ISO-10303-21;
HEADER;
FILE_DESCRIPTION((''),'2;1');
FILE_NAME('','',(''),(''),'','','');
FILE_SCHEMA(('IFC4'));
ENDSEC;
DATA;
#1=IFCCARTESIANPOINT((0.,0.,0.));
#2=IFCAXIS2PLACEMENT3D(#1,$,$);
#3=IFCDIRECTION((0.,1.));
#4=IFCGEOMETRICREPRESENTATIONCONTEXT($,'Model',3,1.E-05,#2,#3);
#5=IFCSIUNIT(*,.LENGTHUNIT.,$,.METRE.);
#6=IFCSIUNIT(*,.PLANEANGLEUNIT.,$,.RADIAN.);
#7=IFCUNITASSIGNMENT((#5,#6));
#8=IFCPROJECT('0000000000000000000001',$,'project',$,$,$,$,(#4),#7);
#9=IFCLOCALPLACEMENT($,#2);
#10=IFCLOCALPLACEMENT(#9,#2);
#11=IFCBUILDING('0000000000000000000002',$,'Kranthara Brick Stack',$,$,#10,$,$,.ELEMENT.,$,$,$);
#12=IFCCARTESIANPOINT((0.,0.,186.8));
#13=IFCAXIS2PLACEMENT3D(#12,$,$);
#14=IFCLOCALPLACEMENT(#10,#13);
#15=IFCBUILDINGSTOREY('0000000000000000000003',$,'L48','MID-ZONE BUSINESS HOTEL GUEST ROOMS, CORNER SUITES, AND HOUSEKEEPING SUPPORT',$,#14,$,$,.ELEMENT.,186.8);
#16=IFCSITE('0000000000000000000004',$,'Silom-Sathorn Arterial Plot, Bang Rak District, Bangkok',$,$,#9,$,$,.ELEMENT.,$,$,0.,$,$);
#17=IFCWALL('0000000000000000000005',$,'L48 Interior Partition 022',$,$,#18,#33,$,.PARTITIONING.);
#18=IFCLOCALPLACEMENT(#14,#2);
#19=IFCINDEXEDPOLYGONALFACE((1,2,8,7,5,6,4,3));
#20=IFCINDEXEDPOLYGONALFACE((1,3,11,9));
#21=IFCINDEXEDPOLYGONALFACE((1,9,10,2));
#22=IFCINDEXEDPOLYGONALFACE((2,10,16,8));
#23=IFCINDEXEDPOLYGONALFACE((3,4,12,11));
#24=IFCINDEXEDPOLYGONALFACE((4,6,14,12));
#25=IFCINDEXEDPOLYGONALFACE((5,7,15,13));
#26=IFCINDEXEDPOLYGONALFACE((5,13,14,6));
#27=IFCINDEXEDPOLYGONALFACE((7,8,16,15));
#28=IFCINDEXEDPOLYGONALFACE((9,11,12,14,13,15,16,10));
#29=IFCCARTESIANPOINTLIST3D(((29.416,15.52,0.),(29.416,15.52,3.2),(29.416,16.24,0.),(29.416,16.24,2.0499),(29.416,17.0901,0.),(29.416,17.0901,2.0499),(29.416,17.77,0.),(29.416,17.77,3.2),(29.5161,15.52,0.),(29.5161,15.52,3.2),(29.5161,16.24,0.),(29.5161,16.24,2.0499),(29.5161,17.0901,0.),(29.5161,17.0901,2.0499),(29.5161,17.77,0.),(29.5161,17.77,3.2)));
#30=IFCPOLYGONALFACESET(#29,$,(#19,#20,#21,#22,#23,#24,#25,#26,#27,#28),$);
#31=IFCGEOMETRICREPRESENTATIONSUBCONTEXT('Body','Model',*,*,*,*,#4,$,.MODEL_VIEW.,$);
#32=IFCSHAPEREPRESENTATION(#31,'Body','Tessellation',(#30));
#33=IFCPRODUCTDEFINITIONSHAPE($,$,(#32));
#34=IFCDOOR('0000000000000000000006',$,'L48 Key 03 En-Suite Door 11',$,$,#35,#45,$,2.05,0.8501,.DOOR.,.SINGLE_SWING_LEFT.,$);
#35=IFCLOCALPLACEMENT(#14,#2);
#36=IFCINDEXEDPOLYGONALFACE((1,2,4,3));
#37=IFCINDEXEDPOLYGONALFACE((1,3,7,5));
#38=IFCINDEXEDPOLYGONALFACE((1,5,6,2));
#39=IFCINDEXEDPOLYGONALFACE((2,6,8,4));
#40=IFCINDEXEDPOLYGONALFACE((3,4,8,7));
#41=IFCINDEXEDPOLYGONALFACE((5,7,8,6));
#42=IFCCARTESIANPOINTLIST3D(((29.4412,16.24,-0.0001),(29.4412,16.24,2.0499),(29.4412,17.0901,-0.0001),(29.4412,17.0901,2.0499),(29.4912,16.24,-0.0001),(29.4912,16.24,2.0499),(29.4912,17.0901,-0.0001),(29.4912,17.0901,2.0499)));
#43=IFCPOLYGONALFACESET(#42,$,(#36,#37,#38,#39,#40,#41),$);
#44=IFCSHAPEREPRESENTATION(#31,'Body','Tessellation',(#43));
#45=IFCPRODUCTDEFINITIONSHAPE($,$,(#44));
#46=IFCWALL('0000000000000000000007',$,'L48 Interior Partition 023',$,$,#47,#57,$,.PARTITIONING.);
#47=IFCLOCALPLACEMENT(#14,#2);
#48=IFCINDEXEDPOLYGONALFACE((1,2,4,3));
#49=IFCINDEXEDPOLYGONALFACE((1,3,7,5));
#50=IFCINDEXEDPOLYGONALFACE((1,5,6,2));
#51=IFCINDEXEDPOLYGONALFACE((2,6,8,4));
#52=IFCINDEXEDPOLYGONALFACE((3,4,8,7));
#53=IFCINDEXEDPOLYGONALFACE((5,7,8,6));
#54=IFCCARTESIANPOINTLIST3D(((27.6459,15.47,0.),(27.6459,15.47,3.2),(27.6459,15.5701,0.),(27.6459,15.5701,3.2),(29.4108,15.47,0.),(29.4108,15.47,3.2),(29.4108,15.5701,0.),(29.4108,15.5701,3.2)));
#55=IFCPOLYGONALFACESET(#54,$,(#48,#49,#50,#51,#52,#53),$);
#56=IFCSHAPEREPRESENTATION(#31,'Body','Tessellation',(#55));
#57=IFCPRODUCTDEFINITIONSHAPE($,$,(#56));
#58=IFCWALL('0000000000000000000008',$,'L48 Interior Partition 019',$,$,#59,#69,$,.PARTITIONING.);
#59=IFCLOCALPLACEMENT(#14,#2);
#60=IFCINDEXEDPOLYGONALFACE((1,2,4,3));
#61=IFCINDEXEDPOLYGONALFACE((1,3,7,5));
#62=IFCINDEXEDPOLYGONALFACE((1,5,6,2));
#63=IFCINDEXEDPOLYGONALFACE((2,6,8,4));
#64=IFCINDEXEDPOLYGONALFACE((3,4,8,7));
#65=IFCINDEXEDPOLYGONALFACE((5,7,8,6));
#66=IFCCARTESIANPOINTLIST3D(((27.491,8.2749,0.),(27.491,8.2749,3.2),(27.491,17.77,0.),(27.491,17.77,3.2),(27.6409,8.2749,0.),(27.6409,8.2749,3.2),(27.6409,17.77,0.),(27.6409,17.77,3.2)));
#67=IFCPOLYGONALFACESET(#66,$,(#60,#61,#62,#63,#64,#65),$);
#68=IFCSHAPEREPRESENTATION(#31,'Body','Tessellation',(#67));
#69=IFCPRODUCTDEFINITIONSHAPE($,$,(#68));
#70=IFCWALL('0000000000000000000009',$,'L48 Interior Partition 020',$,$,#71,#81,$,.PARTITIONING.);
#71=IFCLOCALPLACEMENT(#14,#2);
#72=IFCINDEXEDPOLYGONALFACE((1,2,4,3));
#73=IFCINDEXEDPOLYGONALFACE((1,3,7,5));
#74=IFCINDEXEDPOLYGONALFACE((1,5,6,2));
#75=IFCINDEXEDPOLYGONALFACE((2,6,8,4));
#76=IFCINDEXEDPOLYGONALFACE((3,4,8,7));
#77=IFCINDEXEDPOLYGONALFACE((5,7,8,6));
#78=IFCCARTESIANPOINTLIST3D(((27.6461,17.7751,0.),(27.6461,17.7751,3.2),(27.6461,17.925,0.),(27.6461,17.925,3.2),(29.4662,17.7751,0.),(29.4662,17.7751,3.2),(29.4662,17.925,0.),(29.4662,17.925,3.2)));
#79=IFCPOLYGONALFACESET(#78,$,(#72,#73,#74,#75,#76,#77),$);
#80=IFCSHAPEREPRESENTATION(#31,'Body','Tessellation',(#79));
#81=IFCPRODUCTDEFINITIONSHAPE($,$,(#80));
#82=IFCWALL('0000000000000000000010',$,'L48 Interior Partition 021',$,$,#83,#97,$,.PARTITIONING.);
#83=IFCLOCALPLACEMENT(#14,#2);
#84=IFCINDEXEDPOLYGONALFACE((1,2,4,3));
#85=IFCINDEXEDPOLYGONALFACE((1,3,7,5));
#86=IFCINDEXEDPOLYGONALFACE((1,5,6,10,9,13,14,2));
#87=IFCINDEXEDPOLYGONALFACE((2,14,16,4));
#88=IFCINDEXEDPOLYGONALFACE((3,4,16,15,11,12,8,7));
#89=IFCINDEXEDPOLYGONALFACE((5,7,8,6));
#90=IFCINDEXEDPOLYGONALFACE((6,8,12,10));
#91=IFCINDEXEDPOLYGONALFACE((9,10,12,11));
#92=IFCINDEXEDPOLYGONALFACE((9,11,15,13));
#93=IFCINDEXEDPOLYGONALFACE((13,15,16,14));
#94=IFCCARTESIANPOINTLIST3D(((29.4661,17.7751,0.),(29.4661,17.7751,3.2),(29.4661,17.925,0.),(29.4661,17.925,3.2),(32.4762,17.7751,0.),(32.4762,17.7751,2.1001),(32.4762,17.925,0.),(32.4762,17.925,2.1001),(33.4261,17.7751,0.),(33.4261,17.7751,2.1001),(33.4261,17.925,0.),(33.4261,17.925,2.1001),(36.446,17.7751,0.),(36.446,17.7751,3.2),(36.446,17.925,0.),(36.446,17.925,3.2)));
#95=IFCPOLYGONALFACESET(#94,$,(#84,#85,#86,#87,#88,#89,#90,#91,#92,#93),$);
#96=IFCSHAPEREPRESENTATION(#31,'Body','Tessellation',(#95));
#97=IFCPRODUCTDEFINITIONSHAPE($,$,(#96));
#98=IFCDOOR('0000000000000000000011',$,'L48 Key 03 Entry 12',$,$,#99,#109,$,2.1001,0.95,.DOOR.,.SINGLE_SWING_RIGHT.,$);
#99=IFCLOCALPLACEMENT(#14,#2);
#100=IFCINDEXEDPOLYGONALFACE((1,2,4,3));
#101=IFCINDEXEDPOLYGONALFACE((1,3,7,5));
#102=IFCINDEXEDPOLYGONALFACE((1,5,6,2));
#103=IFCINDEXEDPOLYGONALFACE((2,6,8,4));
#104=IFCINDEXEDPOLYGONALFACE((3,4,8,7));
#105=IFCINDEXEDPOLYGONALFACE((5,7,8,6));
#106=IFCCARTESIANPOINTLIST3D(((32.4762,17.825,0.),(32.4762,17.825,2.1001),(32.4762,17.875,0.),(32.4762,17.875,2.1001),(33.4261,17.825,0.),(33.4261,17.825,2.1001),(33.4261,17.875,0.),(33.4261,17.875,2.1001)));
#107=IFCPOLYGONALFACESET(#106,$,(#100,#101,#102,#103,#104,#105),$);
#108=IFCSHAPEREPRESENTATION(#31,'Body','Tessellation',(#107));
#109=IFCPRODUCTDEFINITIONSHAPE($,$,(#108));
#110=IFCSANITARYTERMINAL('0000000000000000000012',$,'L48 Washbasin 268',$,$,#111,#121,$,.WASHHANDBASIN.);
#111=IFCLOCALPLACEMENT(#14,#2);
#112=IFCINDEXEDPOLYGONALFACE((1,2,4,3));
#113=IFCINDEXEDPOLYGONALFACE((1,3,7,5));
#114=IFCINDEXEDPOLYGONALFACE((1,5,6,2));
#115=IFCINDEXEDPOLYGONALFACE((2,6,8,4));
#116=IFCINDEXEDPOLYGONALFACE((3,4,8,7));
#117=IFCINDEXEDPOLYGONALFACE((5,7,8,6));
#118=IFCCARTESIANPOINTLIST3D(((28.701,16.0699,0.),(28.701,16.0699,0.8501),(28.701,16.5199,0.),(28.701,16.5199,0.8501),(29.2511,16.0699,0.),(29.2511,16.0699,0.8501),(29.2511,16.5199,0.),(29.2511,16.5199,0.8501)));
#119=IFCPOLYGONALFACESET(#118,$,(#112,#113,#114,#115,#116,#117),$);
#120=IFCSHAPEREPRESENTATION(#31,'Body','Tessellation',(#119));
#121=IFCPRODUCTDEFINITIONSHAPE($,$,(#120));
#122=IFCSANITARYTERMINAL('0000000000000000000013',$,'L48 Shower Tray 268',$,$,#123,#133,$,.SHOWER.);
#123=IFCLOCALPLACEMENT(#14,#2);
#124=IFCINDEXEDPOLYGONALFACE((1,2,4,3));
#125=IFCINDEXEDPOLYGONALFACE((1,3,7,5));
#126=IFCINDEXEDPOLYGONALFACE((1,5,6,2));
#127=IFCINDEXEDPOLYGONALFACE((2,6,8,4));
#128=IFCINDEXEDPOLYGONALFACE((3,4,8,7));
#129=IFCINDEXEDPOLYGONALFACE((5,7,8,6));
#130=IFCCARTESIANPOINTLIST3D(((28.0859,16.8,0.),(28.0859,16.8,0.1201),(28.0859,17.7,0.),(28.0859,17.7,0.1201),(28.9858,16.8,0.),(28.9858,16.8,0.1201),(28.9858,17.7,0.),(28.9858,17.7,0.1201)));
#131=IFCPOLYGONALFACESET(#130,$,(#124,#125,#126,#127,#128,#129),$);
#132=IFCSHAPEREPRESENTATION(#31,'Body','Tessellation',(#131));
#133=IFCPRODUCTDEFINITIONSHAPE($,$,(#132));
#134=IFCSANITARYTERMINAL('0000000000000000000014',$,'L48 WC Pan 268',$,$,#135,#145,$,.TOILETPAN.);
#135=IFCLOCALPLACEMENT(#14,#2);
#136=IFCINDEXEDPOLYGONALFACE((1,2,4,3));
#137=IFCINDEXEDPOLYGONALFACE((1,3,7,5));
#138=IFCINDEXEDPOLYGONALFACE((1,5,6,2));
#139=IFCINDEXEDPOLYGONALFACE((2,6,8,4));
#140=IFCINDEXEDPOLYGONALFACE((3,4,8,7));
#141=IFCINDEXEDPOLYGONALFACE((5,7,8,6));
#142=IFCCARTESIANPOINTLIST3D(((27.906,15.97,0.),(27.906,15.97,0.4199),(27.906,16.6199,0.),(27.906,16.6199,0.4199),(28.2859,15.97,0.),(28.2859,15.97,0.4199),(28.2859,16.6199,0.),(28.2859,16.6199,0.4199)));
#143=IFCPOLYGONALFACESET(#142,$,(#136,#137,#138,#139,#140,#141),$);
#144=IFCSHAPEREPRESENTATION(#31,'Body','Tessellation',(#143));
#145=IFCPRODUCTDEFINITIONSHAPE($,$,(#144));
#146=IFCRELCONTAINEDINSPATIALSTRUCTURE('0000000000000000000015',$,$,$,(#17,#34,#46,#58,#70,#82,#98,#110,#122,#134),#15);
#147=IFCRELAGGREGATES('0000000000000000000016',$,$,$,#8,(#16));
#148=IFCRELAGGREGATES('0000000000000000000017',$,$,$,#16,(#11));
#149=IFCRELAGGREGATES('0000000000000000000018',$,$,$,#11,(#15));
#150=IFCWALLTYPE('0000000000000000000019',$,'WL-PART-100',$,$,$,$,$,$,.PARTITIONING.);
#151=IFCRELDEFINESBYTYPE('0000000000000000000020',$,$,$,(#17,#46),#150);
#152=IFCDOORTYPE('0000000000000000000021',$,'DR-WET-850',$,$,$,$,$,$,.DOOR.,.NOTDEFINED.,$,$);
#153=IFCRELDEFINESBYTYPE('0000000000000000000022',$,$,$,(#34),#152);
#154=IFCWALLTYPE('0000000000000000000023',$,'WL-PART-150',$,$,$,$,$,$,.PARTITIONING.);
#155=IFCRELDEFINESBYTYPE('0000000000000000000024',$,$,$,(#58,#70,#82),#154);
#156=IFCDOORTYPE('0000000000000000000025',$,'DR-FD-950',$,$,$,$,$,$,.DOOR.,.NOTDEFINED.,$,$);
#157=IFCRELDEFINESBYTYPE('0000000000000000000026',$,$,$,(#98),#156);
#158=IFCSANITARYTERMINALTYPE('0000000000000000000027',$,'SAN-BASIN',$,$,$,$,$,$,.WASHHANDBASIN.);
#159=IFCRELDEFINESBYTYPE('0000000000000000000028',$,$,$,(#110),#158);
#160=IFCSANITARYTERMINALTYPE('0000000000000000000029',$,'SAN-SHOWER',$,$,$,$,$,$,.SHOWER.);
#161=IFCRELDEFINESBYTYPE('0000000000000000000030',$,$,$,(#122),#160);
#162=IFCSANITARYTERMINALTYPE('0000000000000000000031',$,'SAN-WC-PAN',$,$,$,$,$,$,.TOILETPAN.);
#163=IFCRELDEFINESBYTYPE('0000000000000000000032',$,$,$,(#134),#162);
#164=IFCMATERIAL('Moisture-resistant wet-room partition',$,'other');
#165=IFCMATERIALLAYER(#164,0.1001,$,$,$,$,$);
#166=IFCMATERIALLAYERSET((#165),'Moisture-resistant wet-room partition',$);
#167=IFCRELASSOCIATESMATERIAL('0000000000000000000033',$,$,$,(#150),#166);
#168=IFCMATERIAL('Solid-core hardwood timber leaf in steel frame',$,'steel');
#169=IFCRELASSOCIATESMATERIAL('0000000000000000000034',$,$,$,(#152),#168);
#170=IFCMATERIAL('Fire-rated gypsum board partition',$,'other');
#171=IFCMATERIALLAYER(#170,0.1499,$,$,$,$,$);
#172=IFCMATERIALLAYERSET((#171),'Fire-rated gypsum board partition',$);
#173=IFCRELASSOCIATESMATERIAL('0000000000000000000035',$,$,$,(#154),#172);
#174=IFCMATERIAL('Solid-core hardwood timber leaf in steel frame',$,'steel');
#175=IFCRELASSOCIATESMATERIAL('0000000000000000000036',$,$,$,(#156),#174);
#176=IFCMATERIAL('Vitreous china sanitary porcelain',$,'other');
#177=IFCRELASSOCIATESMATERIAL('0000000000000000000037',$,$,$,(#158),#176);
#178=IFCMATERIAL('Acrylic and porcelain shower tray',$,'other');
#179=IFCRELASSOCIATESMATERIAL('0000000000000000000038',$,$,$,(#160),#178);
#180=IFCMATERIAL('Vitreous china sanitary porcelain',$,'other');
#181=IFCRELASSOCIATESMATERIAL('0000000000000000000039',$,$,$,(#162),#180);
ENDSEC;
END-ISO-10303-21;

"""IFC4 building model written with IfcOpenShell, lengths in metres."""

from ifc_helpers import new_model, si_unit, direction, frame, frame_2d, origin, origin_2d, place, context, subcontext, project, spatial, rectangle, extrude, material, layer, layer_set, type_object, element, fill, save


model = new_model("IFC4")

# Units and contexts
model_context = context("Model", 3, precision=1e-05, world=origin(), true_north=direction((0.0, 1.0)))
body_context = subcontext(model_context, "Body", "Model", "MODEL_VIEW")
ifc_project = project(units=[si_unit("LENGTHUNIT", "METRE"), si_unit("PLANEANGLEUNIT", "RADIAN")], contexts=[model_context])

# Site, building, storey
site_placement = place(None, origin())
site = spatial("IfcSite", under=ifc_project, at=site_placement, Name="Silom-Sathorn Arterial Plot, Bang Rak District, Bangkok", CompositionType="ELEMENT", RefElevation=0.0)
building_placement = place(site_placement, origin())
building = spatial("IfcBuilding", under=site, at=building_placement, Name="Kranthara Brick Stack", CompositionType="ELEMENT")
storey_placement = place(building_placement, frame((0.0, 0.0, 186.8)))
storey = spatial("IfcBuildingStorey", under=building, at=storey_placement, Name="L48", Description="MID-ZONE BUSINESS HOTEL GUEST ROOMS, CORNER SUITES, AND HOUSEKEEPING SUPPORT", CompositionType="ELEMENT", Elevation=186.8)

# Wall, opening, door
ifc_material_1 = material(Name="Moisture-resistant wet-room partition", Category="other")
ifc_layer_1 = layer(ifc_material_1, 0.1001)
ifc_layer_set_1 = layer_set([ifc_layer_1], Name="Moisture-resistant wet-room partition")
wall_type_1 = type_object("IfcWallType", Name="WL-PART-100", PredefinedType="PARTITIONING", material=ifc_layer_set_1)
wall_1_placement = place(storey_placement, frame((29.4661, 15.52, 0.0), z_axis=(0.0, 0.0, 1.0), x_axis=(0.0, 1.0, 0.0)))
wall_1 = element("IfcWall", 1, at=wall_1_placement, inside=storey, type_object=wall_type_1, Name="L48 Interior Partition 022", PredefinedType="PARTITIONING", context=body_context, shape_type="SweptSolid", body=[
    extrude(rectangle(XDim=2.25, YDim=0.1001, at=frame_2d((1.125, 0.0))), origin(), (0.0, 0.0, 1.0), 3.2),
])
opening_1_placement = place(wall_1_placement, frame((0.72, 0.0, 0.0)))
opening_1 = element("IfcOpeningElement", 2, at=opening_1_placement, cuts=wall_1, PredefinedType="OPENING", context=body_context, shape_type="SweptSolid", body=[
    extrude(rectangle(XDim=0.8501, YDim=2.05, at=frame_2d((0.425, 1.0249))), frame((0.0, 0.0601, 0.0), z_axis=(0.0, -1.0, 0.0), x_axis=(1.0, 0.0, 0.0)), (0.0, 0.0, 1.0), 0.1201),
])
ifc_material_2 = material(Name="Solid-core hardwood timber leaf in steel frame", Category="steel")
door_type_1 = type_object("IfcDoorType", Name="DR-WET-850", OperationType="NOTDEFINED", PredefinedType="DOOR", material=ifc_material_2)
door_1_placement = place(opening_1_placement, origin())
door_1 = element("IfcDoor", 3, at=door_1_placement, inside=storey, type_object=door_type_1, Name="L48 Key 03 En-Suite Door 11", OperationType="SINGLE_SWING_LEFT", OverallHeight=2.05, OverallWidth=0.8501, PredefinedType="DOOR", context=body_context, shape_type="SweptSolid", body=[
    extrude(rectangle(XDim=0.8501, YDim=2.05, at=frame_2d((0.425, 1.0249))), frame((0.0, 0.0249, 0.0), z_axis=(0.0, -1.0, 0.0), x_axis=(1.0, 0.0, 0.0)), (0.0, 0.0, 1.0), 0.05),
])
fill(opening_1, door_1)

# Walls
wall_2_placement = place(storey_placement, frame((27.646, 15.52, 0.0), z_axis=(0.0, 0.0, 1.0), x_axis=(1.0, 0.0, 0.0)))
element("IfcWall", 4, at=wall_2_placement, inside=storey, type_object=wall_type_1, Name="L48 Interior Partition 023", PredefinedType="PARTITIONING", context=body_context, shape_type="SweptSolid", body=[
    extrude(rectangle(XDim=1.7649, YDim=0.1001, at=frame_2d((0.8823, 0.0))), origin(), (0.0, 0.0, 1.0), 3.2),
])
ifc_material_3 = material(Name="Fire-rated gypsum board partition", Category="other")
ifc_layer_2 = layer(ifc_material_3, 0.1499)
ifc_layer_set_2 = layer_set([ifc_layer_2], Name="Fire-rated gypsum board partition")
wall_type_2 = type_object("IfcWallType", Name="WL-PART-150", PredefinedType="PARTITIONING", material=ifc_layer_set_2)
wall_3_placement = place(storey_placement, frame((27.5659, 8.2749, 0.0), z_axis=(0.0, 0.0, 1.0), x_axis=(0.0, 1.0, 0.0)))
element("IfcWall", 5, at=wall_3_placement, inside=storey, type_object=wall_type_2, Name="L48 Interior Partition 019", PredefinedType="PARTITIONING", context=body_context, shape_type="SweptSolid", body=[
    extrude(rectangle(XDim=9.4951, YDim=0.1499, at=frame_2d((4.7476, 0.0))), origin(), (0.0, 0.0, 1.0), 3.2),
])
wall_4_placement = place(storey_placement, frame((27.646, 17.8501, 0.0), z_axis=(0.0, 0.0, 1.0), x_axis=(1.0, 0.0, 0.0)))
element("IfcWall", 6, at=wall_4_placement, inside=storey, type_object=wall_type_2, Name="L48 Interior Partition 020", PredefinedType="PARTITIONING", context=body_context, shape_type="SweptSolid", body=[
    extrude(rectangle(XDim=1.8201, YDim=0.1499, at=frame_2d((0.9102, 0.0))), origin(), (0.0, 0.0, 1.0), 3.2),
])

# Wall, opening, door
wall_5_placement = place(storey_placement, frame((29.4661, 17.8501, 0.0), z_axis=(0.0, 0.0, 1.0), x_axis=(1.0, 0.0, 0.0)))
wall_5 = element("IfcWall", 7, at=wall_5_placement, inside=storey, type_object=wall_type_2, Name="L48 Interior Partition 021", PredefinedType="PARTITIONING", context=body_context, shape_type="SweptSolid", body=[
    extrude(rectangle(XDim=6.98, YDim=0.1499, at=frame_2d((3.49, 0.0))), origin(), (0.0, 0.0, 1.0), 3.2),
])
opening_2_placement = place(wall_5_placement, frame((3.01, 0.0, 0.0)))
opening_2 = element("IfcOpeningElement", 8, at=opening_2_placement, cuts=wall_5, PredefinedType="OPENING", context=body_context, shape_type="SweptSolid", body=[
    extrude(rectangle(XDim=0.95, YDim=2.1001, at=frame_2d((0.4751, 1.05))), frame((0.0, 0.085, 0.0), z_axis=(0.0, -1.0, 0.0), x_axis=(1.0, 0.0, 0.0)), (0.0, 0.0, 1.0), 0.1699),
])
ifc_material_4 = material(Name="Solid-core hardwood timber leaf in steel frame", Category="steel")
door_type_2 = type_object("IfcDoorType", Name="DR-FD-950", OperationType="NOTDEFINED", PredefinedType="DOOR", material=ifc_material_4)
door_2_placement = place(opening_2_placement, origin())
door_2 = element("IfcDoor", 9, at=door_2_placement, inside=storey, type_object=door_type_2, Name="L48 Key 03 Entry 12", OperationType="SINGLE_SWING_RIGHT", OverallHeight=2.1001, OverallWidth=0.95, PredefinedType="DOOR", context=body_context, shape_type="SweptSolid", body=[
    extrude(rectangle(XDim=0.95, YDim=2.1001, at=frame_2d((0.4751, 1.05))), frame((0.0, 0.0249, 0.0), z_axis=(0.0, -1.0, 0.0), x_axis=(1.0, 0.0, 0.0)), (0.0, 0.0, 1.0), 0.05),
])
fill(opening_2, door_2)

# Sanitary terminals
ifc_material_5 = material(Name="Vitreous china sanitary porcelain", Category="other")
sanitary_terminal_type_1 = type_object("IfcSanitaryTerminalType", Name="SAN-BASIN", PredefinedType="WASHHANDBASIN", material=ifc_material_5)
sanitary_terminal_1_placement = place(storey_placement, frame((28.9761, 16.2949, 0.0), z_axis=(0.0, 0.0, 1.0), x_axis=(1.0, 0.0, 0.0)))
element("IfcSanitaryTerminal", 10, at=sanitary_terminal_1_placement, inside=storey, type_object=sanitary_terminal_type_1, Name="L48 Washbasin 268", PredefinedType="WASHHANDBASIN", context=body_context, shape_type="SweptSolid", body=[
    extrude(rectangle(XDim=0.55, YDim=0.45, at=origin_2d()), origin(), (0.0, 0.0, 1.0), 0.8501),
])
ifc_material_6 = material(Name="Acrylic and porcelain shower tray", Category="other")
sanitary_terminal_type_2 = type_object("IfcSanitaryTerminalType", Name="SAN-SHOWER", PredefinedType="SHOWER", material=ifc_material_6)
sanitary_terminal_2_placement = place(storey_placement, frame((28.5359, 17.25, 0.0), z_axis=(0.0, 0.0, 1.0), x_axis=(1.0, 0.0, 0.0)))
element("IfcSanitaryTerminal", 11, at=sanitary_terminal_2_placement, inside=storey, type_object=sanitary_terminal_type_2, Name="L48 Shower Tray 268", PredefinedType="SHOWER", context=body_context, shape_type="SweptSolid", body=[
    extrude(rectangle(XDim=0.8999, YDim=0.8999, at=origin_2d()), origin(), (0.0, 0.0, 1.0), 0.1201),
])
ifc_material_7 = material(Name="Vitreous china sanitary porcelain", Category="other")
sanitary_terminal_type_3 = type_object("IfcSanitaryTerminalType", Name="SAN-WC-PAN", PredefinedType="TOILETPAN", material=ifc_material_7)
sanitary_terminal_3_placement = place(storey_placement, frame((28.0959, 16.2949, 0.0), z_axis=(0.0, 0.0, 1.0), x_axis=(1.0, 0.0, 0.0)))
element("IfcSanitaryTerminal", 12, at=sanitary_terminal_3_placement, inside=storey, type_object=sanitary_terminal_type_3, Name="L48 WC Pan 268", PredefinedType="TOILETPAN", context=body_context, shape_type="SweptSolid", body=[
    extrude(rectangle(XDim=0.3799, YDim=0.6499, at=origin_2d()), origin(), (0.0, 0.0, 1.0), 0.4199),
])

save(model, "model.ifc")
